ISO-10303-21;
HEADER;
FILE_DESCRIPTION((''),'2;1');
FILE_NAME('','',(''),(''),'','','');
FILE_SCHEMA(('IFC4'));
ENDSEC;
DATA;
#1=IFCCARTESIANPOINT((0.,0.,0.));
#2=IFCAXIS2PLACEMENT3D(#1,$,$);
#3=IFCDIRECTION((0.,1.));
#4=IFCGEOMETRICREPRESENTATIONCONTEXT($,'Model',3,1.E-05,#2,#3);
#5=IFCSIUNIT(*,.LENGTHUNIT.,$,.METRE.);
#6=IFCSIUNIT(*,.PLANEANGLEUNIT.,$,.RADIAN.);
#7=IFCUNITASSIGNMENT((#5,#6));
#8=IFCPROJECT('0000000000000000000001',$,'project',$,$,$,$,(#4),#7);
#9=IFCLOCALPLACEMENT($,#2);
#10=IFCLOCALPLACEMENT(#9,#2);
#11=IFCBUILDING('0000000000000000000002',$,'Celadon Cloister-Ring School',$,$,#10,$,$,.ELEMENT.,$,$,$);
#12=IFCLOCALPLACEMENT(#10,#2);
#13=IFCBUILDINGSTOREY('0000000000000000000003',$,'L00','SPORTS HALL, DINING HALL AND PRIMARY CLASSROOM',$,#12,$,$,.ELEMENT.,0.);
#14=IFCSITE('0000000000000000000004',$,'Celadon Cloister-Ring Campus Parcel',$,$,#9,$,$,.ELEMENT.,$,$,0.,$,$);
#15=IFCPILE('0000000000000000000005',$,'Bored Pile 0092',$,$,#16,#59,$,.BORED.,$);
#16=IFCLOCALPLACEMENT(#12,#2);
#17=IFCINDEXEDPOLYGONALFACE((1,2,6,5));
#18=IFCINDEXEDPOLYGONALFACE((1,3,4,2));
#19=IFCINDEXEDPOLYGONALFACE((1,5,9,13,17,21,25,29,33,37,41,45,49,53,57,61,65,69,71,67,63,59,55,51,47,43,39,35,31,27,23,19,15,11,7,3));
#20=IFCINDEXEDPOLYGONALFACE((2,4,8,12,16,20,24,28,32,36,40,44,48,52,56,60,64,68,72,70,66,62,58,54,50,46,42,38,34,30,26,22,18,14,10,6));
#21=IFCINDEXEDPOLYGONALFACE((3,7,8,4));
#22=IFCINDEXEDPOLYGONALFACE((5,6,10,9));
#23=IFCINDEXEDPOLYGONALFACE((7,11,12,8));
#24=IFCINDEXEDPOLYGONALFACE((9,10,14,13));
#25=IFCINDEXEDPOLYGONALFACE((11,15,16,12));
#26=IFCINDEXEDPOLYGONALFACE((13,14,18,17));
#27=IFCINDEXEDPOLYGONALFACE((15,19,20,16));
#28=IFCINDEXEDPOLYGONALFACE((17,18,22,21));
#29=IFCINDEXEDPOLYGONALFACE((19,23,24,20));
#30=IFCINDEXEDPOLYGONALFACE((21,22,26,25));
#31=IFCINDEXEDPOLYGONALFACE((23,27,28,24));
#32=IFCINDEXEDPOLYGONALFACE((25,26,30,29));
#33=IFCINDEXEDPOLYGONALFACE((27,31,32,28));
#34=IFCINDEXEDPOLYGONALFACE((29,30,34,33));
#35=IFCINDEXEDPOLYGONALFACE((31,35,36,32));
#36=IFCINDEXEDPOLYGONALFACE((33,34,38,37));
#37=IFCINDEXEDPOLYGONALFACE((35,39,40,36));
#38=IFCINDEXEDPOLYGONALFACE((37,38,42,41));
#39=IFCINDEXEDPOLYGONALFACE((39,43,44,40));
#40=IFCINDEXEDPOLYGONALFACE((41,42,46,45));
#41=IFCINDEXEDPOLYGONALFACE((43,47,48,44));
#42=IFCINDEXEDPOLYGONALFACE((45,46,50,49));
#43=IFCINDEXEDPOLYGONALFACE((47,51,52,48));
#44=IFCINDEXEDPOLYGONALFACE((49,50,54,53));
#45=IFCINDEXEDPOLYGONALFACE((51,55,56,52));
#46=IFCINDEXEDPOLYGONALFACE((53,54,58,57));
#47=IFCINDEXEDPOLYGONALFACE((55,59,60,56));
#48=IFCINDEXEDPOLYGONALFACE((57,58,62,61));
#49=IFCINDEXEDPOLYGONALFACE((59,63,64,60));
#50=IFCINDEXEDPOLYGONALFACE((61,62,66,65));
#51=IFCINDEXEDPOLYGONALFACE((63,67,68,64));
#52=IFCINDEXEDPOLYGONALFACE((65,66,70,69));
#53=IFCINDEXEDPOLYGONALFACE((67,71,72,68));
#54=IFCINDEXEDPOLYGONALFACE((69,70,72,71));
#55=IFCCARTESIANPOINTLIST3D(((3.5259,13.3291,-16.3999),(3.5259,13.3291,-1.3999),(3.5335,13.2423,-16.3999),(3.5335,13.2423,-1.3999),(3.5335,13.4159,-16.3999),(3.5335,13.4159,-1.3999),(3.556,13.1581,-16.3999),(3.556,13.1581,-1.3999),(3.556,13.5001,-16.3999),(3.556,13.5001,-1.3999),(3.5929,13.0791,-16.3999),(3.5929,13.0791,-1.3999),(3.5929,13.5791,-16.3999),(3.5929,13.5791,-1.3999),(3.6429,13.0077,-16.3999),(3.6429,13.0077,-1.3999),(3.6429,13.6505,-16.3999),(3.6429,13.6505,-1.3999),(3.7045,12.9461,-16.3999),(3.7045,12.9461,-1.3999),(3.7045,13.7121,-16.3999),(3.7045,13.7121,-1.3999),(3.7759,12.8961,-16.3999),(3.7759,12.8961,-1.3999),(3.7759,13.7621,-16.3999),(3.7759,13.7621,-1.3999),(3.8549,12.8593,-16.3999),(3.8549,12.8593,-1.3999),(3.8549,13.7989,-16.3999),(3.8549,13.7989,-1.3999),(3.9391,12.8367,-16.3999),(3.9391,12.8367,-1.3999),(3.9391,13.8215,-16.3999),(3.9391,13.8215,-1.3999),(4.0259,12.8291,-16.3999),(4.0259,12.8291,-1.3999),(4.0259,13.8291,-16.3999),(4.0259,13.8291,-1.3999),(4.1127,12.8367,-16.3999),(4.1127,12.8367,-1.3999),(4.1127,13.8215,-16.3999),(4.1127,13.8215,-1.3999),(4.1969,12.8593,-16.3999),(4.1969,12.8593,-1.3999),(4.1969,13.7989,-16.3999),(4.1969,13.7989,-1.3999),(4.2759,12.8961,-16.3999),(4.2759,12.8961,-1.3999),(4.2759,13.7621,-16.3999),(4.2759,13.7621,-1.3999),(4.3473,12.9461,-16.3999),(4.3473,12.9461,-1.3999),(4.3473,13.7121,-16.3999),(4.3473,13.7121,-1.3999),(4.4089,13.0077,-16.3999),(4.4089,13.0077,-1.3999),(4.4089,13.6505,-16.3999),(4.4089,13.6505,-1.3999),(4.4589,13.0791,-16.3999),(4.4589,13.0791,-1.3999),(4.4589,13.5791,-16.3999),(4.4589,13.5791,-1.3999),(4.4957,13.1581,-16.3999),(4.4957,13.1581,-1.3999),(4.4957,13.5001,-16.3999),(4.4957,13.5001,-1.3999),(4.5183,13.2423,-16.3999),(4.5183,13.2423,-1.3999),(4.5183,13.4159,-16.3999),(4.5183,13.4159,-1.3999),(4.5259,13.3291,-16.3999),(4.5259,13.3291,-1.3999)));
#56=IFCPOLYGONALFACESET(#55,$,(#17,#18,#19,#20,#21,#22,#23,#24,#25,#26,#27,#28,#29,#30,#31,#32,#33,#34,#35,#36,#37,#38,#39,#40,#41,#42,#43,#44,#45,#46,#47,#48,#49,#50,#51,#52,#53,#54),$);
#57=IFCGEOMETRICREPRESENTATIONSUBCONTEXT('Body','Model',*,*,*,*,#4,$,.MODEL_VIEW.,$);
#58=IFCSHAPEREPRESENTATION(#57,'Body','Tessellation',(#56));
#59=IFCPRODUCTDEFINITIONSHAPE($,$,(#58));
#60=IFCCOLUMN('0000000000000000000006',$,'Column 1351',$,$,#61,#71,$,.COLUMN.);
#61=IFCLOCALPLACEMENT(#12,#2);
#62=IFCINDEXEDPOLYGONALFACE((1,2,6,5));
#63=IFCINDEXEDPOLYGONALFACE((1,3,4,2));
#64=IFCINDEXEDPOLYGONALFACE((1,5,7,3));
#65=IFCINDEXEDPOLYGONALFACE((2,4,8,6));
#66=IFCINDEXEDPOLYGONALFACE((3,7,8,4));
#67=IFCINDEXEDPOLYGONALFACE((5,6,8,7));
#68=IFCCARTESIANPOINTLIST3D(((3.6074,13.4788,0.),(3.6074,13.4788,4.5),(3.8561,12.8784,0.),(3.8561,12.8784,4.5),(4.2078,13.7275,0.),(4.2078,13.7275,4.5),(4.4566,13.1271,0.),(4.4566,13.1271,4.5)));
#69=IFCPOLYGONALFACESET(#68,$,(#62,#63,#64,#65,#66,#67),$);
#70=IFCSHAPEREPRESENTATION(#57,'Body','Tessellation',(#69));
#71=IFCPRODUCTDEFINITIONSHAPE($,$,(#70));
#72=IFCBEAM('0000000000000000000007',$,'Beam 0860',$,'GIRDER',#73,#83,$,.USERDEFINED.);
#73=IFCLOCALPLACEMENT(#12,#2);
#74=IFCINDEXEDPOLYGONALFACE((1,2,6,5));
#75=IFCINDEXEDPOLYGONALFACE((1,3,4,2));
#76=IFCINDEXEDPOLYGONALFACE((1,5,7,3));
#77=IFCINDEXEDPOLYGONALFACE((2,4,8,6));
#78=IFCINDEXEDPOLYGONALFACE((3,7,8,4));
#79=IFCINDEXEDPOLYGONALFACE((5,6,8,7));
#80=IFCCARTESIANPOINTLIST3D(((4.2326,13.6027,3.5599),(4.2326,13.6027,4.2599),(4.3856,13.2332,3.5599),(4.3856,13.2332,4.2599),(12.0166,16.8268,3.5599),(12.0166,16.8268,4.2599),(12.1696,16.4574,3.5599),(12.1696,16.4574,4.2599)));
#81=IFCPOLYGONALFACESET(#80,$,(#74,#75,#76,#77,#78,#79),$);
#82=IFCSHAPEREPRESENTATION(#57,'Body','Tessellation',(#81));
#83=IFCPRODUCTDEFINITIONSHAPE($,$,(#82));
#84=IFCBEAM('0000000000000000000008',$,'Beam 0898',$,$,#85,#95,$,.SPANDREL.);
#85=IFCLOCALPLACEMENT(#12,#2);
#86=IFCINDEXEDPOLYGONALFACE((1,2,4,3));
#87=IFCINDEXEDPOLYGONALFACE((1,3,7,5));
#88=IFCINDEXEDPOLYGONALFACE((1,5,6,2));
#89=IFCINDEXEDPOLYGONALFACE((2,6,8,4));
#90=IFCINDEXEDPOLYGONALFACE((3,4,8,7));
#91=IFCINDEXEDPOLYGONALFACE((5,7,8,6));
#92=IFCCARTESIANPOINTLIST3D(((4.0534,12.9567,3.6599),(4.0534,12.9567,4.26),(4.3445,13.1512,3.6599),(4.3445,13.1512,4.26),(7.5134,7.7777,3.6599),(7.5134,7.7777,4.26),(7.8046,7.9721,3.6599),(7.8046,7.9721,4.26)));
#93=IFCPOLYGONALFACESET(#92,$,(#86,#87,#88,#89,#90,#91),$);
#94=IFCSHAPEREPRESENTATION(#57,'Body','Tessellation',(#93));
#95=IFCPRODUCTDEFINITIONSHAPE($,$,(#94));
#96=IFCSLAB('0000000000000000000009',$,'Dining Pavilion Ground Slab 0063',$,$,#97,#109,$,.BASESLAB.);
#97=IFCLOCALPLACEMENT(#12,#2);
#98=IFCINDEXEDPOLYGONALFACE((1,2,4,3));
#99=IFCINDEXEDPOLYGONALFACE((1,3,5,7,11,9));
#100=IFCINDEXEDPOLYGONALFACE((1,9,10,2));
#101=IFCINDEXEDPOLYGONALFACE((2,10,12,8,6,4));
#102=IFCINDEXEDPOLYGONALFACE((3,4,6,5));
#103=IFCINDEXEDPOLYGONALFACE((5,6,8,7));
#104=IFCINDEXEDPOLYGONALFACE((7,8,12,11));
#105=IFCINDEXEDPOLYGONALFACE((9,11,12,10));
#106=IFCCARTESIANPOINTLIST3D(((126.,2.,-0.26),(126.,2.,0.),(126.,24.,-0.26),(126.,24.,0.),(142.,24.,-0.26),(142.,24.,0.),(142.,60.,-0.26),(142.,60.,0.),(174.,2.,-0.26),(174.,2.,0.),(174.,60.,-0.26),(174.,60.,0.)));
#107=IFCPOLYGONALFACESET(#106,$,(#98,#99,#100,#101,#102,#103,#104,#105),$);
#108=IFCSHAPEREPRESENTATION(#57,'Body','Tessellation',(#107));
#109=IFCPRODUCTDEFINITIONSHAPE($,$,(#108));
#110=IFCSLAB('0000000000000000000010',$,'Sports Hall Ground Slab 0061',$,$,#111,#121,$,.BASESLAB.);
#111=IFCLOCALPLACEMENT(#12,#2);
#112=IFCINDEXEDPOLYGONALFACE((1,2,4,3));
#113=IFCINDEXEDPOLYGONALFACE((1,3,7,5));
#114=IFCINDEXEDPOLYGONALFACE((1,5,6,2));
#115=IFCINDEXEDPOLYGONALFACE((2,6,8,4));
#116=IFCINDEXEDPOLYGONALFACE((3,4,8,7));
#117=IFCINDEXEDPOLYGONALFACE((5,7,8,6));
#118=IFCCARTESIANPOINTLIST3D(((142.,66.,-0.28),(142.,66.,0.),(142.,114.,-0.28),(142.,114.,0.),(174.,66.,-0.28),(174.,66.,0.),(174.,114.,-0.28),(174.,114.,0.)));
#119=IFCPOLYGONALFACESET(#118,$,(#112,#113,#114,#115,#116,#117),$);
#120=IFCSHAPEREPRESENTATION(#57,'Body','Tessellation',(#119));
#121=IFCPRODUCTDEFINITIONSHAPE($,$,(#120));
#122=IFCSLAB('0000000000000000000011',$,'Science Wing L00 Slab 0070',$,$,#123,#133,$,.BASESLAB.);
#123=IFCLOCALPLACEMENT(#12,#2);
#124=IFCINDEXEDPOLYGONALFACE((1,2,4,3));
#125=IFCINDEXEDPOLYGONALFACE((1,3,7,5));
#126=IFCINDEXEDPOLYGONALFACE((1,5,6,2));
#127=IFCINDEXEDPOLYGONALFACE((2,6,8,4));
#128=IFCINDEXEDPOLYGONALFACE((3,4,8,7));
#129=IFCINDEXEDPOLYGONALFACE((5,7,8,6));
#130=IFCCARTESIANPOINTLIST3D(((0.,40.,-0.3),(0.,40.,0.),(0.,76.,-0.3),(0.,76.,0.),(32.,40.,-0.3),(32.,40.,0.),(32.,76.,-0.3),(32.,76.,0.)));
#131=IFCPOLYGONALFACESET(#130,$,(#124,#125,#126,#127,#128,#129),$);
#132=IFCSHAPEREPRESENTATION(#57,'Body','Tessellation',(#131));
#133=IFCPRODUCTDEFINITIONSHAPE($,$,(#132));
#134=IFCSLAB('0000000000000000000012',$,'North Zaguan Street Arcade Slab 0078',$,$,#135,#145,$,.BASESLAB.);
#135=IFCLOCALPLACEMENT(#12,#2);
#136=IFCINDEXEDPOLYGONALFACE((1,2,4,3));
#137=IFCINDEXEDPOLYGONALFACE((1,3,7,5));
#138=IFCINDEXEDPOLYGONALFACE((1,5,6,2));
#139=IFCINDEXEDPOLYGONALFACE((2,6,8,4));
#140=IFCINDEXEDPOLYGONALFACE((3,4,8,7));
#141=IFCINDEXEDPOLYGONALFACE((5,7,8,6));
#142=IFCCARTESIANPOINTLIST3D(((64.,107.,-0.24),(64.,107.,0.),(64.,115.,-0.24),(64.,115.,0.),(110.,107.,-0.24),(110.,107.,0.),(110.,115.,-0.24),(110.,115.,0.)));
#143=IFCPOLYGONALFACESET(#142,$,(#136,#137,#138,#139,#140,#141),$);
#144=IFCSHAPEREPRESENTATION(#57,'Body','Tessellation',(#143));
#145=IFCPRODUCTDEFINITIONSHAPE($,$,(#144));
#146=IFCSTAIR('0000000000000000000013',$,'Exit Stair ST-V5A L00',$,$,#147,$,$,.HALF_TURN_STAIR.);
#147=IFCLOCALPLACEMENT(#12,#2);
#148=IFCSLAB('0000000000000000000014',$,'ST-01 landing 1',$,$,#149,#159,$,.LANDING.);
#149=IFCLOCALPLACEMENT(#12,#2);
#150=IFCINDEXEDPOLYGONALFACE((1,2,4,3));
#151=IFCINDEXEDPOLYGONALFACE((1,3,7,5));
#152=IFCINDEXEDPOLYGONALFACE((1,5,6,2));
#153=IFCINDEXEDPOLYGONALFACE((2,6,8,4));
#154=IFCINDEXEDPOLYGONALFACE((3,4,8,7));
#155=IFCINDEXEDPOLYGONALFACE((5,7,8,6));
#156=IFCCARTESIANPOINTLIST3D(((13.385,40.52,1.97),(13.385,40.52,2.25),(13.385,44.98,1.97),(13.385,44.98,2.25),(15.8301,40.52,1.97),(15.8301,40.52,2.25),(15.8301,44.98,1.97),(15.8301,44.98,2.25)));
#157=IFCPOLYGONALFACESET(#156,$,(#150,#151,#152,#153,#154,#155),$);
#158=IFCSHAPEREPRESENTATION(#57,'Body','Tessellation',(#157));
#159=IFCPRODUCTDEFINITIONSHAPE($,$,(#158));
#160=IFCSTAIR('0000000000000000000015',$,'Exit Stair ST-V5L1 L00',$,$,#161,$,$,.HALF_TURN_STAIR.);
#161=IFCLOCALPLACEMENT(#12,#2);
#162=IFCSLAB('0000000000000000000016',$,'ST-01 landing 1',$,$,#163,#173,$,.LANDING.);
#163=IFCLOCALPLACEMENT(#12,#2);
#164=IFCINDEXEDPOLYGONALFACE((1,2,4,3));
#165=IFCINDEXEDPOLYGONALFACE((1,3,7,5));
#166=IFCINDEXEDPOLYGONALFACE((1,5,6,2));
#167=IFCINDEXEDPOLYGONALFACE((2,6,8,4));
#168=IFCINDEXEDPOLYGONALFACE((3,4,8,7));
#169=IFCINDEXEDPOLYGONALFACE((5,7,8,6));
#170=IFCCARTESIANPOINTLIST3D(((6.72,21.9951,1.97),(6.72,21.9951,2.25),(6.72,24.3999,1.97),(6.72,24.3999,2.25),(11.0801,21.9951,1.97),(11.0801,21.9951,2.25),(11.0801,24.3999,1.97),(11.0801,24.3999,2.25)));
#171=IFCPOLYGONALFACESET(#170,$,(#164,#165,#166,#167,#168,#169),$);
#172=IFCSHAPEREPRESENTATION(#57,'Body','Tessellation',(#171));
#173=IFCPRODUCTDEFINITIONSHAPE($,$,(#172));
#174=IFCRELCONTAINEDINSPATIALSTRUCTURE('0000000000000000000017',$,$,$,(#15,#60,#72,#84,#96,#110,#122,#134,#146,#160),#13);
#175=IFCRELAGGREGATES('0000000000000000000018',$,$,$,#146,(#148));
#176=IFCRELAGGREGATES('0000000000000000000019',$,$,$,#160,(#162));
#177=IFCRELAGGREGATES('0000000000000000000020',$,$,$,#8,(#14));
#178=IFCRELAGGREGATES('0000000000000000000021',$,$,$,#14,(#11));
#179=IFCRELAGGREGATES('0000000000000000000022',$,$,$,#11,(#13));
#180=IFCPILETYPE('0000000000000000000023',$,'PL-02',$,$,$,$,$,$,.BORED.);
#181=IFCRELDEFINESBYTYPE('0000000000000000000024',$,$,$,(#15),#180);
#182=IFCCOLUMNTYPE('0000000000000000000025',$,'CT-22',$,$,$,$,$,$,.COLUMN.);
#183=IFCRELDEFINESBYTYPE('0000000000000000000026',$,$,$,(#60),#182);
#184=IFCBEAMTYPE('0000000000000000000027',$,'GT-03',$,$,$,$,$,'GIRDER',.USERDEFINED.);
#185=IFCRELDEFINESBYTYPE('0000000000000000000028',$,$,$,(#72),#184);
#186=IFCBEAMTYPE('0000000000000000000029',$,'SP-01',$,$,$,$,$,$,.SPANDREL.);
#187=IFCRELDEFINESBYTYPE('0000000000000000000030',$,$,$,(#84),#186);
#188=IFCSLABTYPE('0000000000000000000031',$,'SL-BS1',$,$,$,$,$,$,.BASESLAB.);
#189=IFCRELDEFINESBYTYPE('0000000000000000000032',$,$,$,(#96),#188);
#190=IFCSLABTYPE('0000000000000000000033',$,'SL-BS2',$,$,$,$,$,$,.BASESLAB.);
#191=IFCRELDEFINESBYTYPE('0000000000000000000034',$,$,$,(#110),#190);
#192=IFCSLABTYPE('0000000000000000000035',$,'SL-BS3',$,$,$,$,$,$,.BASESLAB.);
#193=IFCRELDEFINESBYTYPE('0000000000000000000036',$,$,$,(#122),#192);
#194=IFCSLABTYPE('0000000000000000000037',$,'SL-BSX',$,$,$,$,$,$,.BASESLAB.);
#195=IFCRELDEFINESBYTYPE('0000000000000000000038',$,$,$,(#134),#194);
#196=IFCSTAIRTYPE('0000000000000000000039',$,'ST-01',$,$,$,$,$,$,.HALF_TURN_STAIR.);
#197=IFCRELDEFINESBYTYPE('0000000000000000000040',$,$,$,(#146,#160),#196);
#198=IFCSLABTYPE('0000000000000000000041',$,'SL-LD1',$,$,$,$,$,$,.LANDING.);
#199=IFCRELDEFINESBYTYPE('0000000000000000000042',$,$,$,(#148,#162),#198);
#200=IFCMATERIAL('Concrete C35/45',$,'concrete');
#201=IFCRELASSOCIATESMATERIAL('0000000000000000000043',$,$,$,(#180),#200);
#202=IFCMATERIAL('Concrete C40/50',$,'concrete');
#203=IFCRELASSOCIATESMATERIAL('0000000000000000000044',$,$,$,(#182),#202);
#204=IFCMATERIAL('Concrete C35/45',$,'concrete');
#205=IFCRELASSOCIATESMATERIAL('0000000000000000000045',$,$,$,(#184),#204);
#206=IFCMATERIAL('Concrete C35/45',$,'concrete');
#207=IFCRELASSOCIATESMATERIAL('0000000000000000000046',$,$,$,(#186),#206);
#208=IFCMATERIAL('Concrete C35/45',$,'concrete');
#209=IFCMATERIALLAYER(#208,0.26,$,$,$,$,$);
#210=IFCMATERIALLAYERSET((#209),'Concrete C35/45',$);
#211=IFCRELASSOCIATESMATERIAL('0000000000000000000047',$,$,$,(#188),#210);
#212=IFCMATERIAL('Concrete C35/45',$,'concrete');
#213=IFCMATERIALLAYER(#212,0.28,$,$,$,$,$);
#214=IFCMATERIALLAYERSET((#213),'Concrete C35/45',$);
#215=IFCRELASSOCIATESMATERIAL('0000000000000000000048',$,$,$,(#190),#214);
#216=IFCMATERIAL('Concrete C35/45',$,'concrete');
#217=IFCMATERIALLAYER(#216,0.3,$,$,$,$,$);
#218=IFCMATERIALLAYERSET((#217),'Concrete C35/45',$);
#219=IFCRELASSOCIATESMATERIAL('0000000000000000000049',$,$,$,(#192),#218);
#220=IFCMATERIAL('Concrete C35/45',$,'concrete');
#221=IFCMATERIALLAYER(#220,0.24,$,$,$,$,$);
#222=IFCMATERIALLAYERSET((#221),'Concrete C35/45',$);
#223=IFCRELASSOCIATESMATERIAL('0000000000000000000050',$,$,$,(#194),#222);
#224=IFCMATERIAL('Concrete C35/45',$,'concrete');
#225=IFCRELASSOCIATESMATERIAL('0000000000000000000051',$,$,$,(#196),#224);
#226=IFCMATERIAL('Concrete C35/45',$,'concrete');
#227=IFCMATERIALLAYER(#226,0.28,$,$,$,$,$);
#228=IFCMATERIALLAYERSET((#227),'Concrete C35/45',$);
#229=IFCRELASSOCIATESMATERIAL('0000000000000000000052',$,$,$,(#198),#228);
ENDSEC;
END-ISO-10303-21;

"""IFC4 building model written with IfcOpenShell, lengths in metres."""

from ifc_helpers import new_model, si_unit, direction, frame, origin, origin_2d, place, context, subcontext, project, spatial, polyline, rectangle, circle, outline, extrude, material, layer, layer_set, material_profile, profile_set, type_object, element, aggregate, save


model = new_model("IFC4")

# Units and contexts
model_context = context("Model", 3, precision=1e-05, world=origin(), true_north=direction((0.0, 1.0)))
body_context = subcontext(model_context, "Body", "Model", "MODEL_VIEW")
ifc_project = project(units=[si_unit("LENGTHUNIT", "METRE"), si_unit("PLANEANGLEUNIT", "RADIAN")], contexts=[model_context])

# Site, building, storey
site_placement = place(None, origin())
site = spatial("IfcSite", under=ifc_project, at=site_placement, Name="Celadon Cloister-Ring Campus Parcel", CompositionType="ELEMENT", RefElevation=0.0)
building_placement = place(site_placement, origin())
building = spatial("IfcBuilding", under=site, at=building_placement, Name="Celadon Cloister-Ring School", CompositionType="ELEMENT")
storey_placement = place(building_placement, origin())
storey = spatial("IfcBuildingStorey", under=building, at=storey_placement, Name="L00", Description="SPORTS HALL, DINING HALL AND PRIMARY CLASSROOM", CompositionType="ELEMENT", Elevation=0.0)

# Pile
ifc_material_1 = material(Name="Concrete C35/45", Category="concrete")
ifc_material_profile_1 = material_profile(ifc_material_1, circle(Radius=0.5, at=origin_2d()), Name="PILE1000")
ifc_profile_set_1 = profile_set([ifc_material_profile_1], Name="Concrete C35/45")
pile_type = type_object("IfcPileType", Name="PL-02", PredefinedType="BORED", material=ifc_profile_set_1)
pile_placement = place(storey_placement, frame((4.0259, 13.3291, -1.3999), z_axis=(0.0, 0.0, -1.0), x_axis=(1.0, 0.0, 0.0)))
element("IfcPile", 1, at=pile_placement, inside=storey, type_object=pile_type, Name="Bored Pile 0092", PredefinedType="BORED", context=body_context, shape_type="SweptSolid", body=[
    extrude(circle(Radius=0.5, at=origin_2d()), origin(), (0.0, 0.0, 1.0), 15.0),
])

# Column
ifc_material_2 = material(Name="Concrete C40/50", Category="concrete")
ifc_material_profile_2 = material_profile(ifc_material_2, rectangle(XDim=0.6499, YDim=0.6499, at=origin_2d()), Name="RC650X650")
ifc_profile_set_2 = profile_set([ifc_material_profile_2], Name="Concrete C40/50")
column_type = type_object("IfcColumnType", Name="CT-22", PredefinedType="COLUMN", material=ifc_profile_set_2)
column_placement = place(storey_placement, frame((4.032, 13.303, 0.0), z_axis=(0.0, 0.0, 1.0), x_axis=(-0.92388, -0.382683, 0.0)))
element("IfcColumn", 2, at=column_placement, inside=storey, type_object=column_type, Name="Column 1351", PredefinedType="COLUMN", context=body_context, shape_type="SweptSolid", body=[
    extrude(rectangle(XDim=0.6499, YDim=0.6499, at=origin_2d()), origin(), (0.0, 0.0, 1.0), 4.5),
])

# Beams
ifc_material_3 = material(Name="Concrete C35/45", Category="concrete")
ifc_material_profile_3 = material_profile(ifc_material_3, rectangle(XDim=0.3999, YDim=0.7, at=origin_2d()), Name="RC400X700")
ifc_profile_set_3 = profile_set([ifc_material_profile_3], Name="Concrete C35/45")
beam_type_1 = type_object("IfcBeamType", Name="GT-03", ElementType="GIRDER", PredefinedType="USERDEFINED", material=ifc_profile_set_3)
beam_1_placement = place(storey_placement, frame((4.3091, 13.418, 3.9099), z_axis=(0.923883, 0.382674, 0.0), x_axis=(-0.382674, 0.923883, 0.0)))
element("IfcBeam", 3, at=beam_1_placement, inside=storey, type_object=beam_type_1, Name="Beam 0860", ObjectType="GIRDER", PredefinedType="USERDEFINED", context=body_context, shape_type="SweptSolid", body=[
    extrude(rectangle(XDim=0.3999, YDim=0.7, at=origin_2d()), origin(), (0.0, 0.0, 1.0), 8.4253),
])
ifc_material_4 = material(Name="Concrete C35/45", Category="concrete")
ifc_material_profile_4 = material_profile(ifc_material_4, rectangle(XDim=0.3501, YDim=0.6001, at=origin_2d()), Name="RC350X600")
ifc_profile_set_4 = profile_set([ifc_material_profile_4], Name="Concrete C35/45")
beam_type_2 = type_object("IfcBeamType", Name="SP-01", PredefinedType="SPANDREL", material=ifc_profile_set_4)
beam_2_placement = place(storey_placement, frame((4.199, 13.054, 3.96), z_axis=(0.555514, -0.831507, 0.0), x_axis=(0.831507, 0.555514, 0.0)))
element("IfcBeam", 4, at=beam_2_placement, inside=storey, type_object=beam_type_2, Name="Beam 0898", PredefinedType="SPANDREL", context=body_context, shape_type="SweptSolid", body=[
    extrude(rectangle(XDim=0.3501, YDim=0.6001, at=origin_2d()), origin(), (0.0, 0.0, 1.0), 6.2285),
])

# Slabs
ifc_material_5 = material(Name="Concrete C35/45", Category="concrete")
ifc_layer_1 = layer(ifc_material_5, 0.26)
ifc_layer_set_1 = layer_set([ifc_layer_1], Name="Concrete C35/45")
slab_type_1 = type_object("IfcSlabType", Name="SL-BS1", PredefinedType="BASESLAB", material=ifc_layer_set_1)
slab_1_placement = place(storey_placement, frame((0.0, 0.0, -0.26)))
element("IfcSlab", 5, at=slab_1_placement, inside=storey, type_object=slab_type_1, Name="Dining Pavilion Ground Slab 0063", PredefinedType="BASESLAB", context=body_context, shape_type="SweptSolid", body=[
    extrude(outline(polyline([(126.0, 2.0), (174.0, 2.0), (174.0, 60.0), (142.0, 60.0), (142.0, 24.0), (126.0, 24.0), (126.0, 2.0)])), origin(), (0.0, 0.0, 1.0), 0.26),
])
ifc_material_6 = material(Name="Concrete C35/45", Category="concrete")
ifc_layer_2 = layer(ifc_material_6, 0.28)
ifc_layer_set_2 = layer_set([ifc_layer_2], Name="Concrete C35/45")
slab_type_2 = type_object("IfcSlabType", Name="SL-BS2", PredefinedType="BASESLAB", material=ifc_layer_set_2)
slab_2_placement = place(storey_placement, frame((0.0, 0.0, -0.28)))
element("IfcSlab", 6, at=slab_2_placement, inside=storey, type_object=slab_type_2, Name="Sports Hall Ground Slab 0061", PredefinedType="BASESLAB", context=body_context, shape_type="SweptSolid", body=[
    extrude(outline(polyline([(142.0, 66.0), (174.0, 66.0), (174.0, 114.0), (142.0, 114.0), (142.0, 66.0)])), origin(), (0.0, 0.0, 1.0), 0.28),
])
ifc_material_7 = material(Name="Concrete C35/45", Category="concrete")
ifc_layer_3 = layer(ifc_material_7, 0.3)
ifc_layer_set_3 = layer_set([ifc_layer_3], Name="Concrete C35/45")
slab_type_3 = type_object("IfcSlabType", Name="SL-BS3", PredefinedType="BASESLAB", material=ifc_layer_set_3)
slab_3_placement = place(storey_placement, frame((0.0, 0.0, -0.3)))
element("IfcSlab", 7, at=slab_3_placement, inside=storey, type_object=slab_type_3, Name="Science Wing L00 Slab 0070", PredefinedType="BASESLAB", context=body_context, shape_type="SweptSolid", body=[
    extrude(outline(polyline([(0.0, 40.0), (32.0, 40.0), (32.0, 76.0), (0.0, 76.0), (0.0, 40.0)])), origin(), (0.0, 0.0, 1.0), 0.3),
])
ifc_material_8 = material(Name="Concrete C35/45", Category="concrete")
ifc_layer_4 = layer(ifc_material_8, 0.24)
ifc_layer_set_4 = layer_set([ifc_layer_4], Name="Concrete C35/45")
slab_type_4 = type_object("IfcSlabType", Name="SL-BSX", PredefinedType="BASESLAB", material=ifc_layer_set_4)
slab_4_placement = place(storey_placement, frame((0.0, 0.0, -0.24)))
element("IfcSlab", 8, at=slab_4_placement, inside=storey, type_object=slab_type_4, Name="North Zaguan Street Arcade Slab 0078", PredefinedType="BASESLAB", context=body_context, shape_type="SweptSolid", body=[
    extrude(outline(polyline([(64.0, 107.0), (110.0, 107.0), (110.0, 115.0), (64.0, 115.0), (64.0, 107.0)])), origin(), (0.0, 0.0, 1.0), 0.24),
])

# Stairs, slabs
ifc_material_9 = material(Name="Concrete C35/45", Category="concrete")
stair_type_1 = type_object("IfcStairType", Name="ST-01", PredefinedType="HALF_TURN_STAIR", material=ifc_material_9)
stair_1_placement = place(storey_placement, origin())
stair_1 = element("IfcStair", 9, at=stair_1_placement, inside=storey, type_object=stair_type_1, Name="Exit Stair ST-V5A L00", PredefinedType="HALF_TURN_STAIR")
ifc_material_10 = material(Name="Concrete C35/45", Category="concrete")
ifc_layer_5 = layer(ifc_material_10, 0.28)
ifc_layer_set_5 = layer_set([ifc_layer_5], Name="Concrete C35/45")
slab_type_5 = type_object("IfcSlabType", Name="SL-LD1", PredefinedType="LANDING", material=ifc_layer_set_5)
slab_5_placement = place(storey_placement, frame((0.0, 0.0, 1.97)))
slab_5 = element("IfcSlab", 10, at=slab_5_placement, type_object=slab_type_5, Name="ST-01 landing 1", PredefinedType="LANDING", context=body_context, shape_type="SweptSolid", body=[
    extrude(outline(polyline([(13.385, 40.52), (15.8301, 40.52), (15.8301, 44.98), (13.385, 44.98), (13.385, 40.52)])), origin(), (0.0, 0.0, 1.0), 0.28),
])
aggregate(stair_1, [slab_5])
stair_2_placement = place(storey_placement, origin())
stair_2 = element("IfcStair", 11, at=stair_2_placement, inside=storey, type_object=stair_type_1, Name="Exit Stair ST-V5L1 L00", PredefinedType="HALF_TURN_STAIR")
slab_6_placement = place(storey_placement, frame((0.0, 0.0, 1.97)))
slab_6 = element("IfcSlab", 12, at=slab_6_placement, type_object=slab_type_5, Name="ST-01 landing 1", PredefinedType="LANDING", context=body_context, shape_type="SweptSolid", body=[
    extrude(outline(polyline([(6.72, 21.9951), (11.0801, 21.9951), (11.0801, 24.3999), (6.72, 24.3999), (6.72, 21.9951)])), origin(), (0.0, 0.0, 1.0), 0.28),
])
aggregate(stair_2, [slab_6])

save(model, "model.ifc")
